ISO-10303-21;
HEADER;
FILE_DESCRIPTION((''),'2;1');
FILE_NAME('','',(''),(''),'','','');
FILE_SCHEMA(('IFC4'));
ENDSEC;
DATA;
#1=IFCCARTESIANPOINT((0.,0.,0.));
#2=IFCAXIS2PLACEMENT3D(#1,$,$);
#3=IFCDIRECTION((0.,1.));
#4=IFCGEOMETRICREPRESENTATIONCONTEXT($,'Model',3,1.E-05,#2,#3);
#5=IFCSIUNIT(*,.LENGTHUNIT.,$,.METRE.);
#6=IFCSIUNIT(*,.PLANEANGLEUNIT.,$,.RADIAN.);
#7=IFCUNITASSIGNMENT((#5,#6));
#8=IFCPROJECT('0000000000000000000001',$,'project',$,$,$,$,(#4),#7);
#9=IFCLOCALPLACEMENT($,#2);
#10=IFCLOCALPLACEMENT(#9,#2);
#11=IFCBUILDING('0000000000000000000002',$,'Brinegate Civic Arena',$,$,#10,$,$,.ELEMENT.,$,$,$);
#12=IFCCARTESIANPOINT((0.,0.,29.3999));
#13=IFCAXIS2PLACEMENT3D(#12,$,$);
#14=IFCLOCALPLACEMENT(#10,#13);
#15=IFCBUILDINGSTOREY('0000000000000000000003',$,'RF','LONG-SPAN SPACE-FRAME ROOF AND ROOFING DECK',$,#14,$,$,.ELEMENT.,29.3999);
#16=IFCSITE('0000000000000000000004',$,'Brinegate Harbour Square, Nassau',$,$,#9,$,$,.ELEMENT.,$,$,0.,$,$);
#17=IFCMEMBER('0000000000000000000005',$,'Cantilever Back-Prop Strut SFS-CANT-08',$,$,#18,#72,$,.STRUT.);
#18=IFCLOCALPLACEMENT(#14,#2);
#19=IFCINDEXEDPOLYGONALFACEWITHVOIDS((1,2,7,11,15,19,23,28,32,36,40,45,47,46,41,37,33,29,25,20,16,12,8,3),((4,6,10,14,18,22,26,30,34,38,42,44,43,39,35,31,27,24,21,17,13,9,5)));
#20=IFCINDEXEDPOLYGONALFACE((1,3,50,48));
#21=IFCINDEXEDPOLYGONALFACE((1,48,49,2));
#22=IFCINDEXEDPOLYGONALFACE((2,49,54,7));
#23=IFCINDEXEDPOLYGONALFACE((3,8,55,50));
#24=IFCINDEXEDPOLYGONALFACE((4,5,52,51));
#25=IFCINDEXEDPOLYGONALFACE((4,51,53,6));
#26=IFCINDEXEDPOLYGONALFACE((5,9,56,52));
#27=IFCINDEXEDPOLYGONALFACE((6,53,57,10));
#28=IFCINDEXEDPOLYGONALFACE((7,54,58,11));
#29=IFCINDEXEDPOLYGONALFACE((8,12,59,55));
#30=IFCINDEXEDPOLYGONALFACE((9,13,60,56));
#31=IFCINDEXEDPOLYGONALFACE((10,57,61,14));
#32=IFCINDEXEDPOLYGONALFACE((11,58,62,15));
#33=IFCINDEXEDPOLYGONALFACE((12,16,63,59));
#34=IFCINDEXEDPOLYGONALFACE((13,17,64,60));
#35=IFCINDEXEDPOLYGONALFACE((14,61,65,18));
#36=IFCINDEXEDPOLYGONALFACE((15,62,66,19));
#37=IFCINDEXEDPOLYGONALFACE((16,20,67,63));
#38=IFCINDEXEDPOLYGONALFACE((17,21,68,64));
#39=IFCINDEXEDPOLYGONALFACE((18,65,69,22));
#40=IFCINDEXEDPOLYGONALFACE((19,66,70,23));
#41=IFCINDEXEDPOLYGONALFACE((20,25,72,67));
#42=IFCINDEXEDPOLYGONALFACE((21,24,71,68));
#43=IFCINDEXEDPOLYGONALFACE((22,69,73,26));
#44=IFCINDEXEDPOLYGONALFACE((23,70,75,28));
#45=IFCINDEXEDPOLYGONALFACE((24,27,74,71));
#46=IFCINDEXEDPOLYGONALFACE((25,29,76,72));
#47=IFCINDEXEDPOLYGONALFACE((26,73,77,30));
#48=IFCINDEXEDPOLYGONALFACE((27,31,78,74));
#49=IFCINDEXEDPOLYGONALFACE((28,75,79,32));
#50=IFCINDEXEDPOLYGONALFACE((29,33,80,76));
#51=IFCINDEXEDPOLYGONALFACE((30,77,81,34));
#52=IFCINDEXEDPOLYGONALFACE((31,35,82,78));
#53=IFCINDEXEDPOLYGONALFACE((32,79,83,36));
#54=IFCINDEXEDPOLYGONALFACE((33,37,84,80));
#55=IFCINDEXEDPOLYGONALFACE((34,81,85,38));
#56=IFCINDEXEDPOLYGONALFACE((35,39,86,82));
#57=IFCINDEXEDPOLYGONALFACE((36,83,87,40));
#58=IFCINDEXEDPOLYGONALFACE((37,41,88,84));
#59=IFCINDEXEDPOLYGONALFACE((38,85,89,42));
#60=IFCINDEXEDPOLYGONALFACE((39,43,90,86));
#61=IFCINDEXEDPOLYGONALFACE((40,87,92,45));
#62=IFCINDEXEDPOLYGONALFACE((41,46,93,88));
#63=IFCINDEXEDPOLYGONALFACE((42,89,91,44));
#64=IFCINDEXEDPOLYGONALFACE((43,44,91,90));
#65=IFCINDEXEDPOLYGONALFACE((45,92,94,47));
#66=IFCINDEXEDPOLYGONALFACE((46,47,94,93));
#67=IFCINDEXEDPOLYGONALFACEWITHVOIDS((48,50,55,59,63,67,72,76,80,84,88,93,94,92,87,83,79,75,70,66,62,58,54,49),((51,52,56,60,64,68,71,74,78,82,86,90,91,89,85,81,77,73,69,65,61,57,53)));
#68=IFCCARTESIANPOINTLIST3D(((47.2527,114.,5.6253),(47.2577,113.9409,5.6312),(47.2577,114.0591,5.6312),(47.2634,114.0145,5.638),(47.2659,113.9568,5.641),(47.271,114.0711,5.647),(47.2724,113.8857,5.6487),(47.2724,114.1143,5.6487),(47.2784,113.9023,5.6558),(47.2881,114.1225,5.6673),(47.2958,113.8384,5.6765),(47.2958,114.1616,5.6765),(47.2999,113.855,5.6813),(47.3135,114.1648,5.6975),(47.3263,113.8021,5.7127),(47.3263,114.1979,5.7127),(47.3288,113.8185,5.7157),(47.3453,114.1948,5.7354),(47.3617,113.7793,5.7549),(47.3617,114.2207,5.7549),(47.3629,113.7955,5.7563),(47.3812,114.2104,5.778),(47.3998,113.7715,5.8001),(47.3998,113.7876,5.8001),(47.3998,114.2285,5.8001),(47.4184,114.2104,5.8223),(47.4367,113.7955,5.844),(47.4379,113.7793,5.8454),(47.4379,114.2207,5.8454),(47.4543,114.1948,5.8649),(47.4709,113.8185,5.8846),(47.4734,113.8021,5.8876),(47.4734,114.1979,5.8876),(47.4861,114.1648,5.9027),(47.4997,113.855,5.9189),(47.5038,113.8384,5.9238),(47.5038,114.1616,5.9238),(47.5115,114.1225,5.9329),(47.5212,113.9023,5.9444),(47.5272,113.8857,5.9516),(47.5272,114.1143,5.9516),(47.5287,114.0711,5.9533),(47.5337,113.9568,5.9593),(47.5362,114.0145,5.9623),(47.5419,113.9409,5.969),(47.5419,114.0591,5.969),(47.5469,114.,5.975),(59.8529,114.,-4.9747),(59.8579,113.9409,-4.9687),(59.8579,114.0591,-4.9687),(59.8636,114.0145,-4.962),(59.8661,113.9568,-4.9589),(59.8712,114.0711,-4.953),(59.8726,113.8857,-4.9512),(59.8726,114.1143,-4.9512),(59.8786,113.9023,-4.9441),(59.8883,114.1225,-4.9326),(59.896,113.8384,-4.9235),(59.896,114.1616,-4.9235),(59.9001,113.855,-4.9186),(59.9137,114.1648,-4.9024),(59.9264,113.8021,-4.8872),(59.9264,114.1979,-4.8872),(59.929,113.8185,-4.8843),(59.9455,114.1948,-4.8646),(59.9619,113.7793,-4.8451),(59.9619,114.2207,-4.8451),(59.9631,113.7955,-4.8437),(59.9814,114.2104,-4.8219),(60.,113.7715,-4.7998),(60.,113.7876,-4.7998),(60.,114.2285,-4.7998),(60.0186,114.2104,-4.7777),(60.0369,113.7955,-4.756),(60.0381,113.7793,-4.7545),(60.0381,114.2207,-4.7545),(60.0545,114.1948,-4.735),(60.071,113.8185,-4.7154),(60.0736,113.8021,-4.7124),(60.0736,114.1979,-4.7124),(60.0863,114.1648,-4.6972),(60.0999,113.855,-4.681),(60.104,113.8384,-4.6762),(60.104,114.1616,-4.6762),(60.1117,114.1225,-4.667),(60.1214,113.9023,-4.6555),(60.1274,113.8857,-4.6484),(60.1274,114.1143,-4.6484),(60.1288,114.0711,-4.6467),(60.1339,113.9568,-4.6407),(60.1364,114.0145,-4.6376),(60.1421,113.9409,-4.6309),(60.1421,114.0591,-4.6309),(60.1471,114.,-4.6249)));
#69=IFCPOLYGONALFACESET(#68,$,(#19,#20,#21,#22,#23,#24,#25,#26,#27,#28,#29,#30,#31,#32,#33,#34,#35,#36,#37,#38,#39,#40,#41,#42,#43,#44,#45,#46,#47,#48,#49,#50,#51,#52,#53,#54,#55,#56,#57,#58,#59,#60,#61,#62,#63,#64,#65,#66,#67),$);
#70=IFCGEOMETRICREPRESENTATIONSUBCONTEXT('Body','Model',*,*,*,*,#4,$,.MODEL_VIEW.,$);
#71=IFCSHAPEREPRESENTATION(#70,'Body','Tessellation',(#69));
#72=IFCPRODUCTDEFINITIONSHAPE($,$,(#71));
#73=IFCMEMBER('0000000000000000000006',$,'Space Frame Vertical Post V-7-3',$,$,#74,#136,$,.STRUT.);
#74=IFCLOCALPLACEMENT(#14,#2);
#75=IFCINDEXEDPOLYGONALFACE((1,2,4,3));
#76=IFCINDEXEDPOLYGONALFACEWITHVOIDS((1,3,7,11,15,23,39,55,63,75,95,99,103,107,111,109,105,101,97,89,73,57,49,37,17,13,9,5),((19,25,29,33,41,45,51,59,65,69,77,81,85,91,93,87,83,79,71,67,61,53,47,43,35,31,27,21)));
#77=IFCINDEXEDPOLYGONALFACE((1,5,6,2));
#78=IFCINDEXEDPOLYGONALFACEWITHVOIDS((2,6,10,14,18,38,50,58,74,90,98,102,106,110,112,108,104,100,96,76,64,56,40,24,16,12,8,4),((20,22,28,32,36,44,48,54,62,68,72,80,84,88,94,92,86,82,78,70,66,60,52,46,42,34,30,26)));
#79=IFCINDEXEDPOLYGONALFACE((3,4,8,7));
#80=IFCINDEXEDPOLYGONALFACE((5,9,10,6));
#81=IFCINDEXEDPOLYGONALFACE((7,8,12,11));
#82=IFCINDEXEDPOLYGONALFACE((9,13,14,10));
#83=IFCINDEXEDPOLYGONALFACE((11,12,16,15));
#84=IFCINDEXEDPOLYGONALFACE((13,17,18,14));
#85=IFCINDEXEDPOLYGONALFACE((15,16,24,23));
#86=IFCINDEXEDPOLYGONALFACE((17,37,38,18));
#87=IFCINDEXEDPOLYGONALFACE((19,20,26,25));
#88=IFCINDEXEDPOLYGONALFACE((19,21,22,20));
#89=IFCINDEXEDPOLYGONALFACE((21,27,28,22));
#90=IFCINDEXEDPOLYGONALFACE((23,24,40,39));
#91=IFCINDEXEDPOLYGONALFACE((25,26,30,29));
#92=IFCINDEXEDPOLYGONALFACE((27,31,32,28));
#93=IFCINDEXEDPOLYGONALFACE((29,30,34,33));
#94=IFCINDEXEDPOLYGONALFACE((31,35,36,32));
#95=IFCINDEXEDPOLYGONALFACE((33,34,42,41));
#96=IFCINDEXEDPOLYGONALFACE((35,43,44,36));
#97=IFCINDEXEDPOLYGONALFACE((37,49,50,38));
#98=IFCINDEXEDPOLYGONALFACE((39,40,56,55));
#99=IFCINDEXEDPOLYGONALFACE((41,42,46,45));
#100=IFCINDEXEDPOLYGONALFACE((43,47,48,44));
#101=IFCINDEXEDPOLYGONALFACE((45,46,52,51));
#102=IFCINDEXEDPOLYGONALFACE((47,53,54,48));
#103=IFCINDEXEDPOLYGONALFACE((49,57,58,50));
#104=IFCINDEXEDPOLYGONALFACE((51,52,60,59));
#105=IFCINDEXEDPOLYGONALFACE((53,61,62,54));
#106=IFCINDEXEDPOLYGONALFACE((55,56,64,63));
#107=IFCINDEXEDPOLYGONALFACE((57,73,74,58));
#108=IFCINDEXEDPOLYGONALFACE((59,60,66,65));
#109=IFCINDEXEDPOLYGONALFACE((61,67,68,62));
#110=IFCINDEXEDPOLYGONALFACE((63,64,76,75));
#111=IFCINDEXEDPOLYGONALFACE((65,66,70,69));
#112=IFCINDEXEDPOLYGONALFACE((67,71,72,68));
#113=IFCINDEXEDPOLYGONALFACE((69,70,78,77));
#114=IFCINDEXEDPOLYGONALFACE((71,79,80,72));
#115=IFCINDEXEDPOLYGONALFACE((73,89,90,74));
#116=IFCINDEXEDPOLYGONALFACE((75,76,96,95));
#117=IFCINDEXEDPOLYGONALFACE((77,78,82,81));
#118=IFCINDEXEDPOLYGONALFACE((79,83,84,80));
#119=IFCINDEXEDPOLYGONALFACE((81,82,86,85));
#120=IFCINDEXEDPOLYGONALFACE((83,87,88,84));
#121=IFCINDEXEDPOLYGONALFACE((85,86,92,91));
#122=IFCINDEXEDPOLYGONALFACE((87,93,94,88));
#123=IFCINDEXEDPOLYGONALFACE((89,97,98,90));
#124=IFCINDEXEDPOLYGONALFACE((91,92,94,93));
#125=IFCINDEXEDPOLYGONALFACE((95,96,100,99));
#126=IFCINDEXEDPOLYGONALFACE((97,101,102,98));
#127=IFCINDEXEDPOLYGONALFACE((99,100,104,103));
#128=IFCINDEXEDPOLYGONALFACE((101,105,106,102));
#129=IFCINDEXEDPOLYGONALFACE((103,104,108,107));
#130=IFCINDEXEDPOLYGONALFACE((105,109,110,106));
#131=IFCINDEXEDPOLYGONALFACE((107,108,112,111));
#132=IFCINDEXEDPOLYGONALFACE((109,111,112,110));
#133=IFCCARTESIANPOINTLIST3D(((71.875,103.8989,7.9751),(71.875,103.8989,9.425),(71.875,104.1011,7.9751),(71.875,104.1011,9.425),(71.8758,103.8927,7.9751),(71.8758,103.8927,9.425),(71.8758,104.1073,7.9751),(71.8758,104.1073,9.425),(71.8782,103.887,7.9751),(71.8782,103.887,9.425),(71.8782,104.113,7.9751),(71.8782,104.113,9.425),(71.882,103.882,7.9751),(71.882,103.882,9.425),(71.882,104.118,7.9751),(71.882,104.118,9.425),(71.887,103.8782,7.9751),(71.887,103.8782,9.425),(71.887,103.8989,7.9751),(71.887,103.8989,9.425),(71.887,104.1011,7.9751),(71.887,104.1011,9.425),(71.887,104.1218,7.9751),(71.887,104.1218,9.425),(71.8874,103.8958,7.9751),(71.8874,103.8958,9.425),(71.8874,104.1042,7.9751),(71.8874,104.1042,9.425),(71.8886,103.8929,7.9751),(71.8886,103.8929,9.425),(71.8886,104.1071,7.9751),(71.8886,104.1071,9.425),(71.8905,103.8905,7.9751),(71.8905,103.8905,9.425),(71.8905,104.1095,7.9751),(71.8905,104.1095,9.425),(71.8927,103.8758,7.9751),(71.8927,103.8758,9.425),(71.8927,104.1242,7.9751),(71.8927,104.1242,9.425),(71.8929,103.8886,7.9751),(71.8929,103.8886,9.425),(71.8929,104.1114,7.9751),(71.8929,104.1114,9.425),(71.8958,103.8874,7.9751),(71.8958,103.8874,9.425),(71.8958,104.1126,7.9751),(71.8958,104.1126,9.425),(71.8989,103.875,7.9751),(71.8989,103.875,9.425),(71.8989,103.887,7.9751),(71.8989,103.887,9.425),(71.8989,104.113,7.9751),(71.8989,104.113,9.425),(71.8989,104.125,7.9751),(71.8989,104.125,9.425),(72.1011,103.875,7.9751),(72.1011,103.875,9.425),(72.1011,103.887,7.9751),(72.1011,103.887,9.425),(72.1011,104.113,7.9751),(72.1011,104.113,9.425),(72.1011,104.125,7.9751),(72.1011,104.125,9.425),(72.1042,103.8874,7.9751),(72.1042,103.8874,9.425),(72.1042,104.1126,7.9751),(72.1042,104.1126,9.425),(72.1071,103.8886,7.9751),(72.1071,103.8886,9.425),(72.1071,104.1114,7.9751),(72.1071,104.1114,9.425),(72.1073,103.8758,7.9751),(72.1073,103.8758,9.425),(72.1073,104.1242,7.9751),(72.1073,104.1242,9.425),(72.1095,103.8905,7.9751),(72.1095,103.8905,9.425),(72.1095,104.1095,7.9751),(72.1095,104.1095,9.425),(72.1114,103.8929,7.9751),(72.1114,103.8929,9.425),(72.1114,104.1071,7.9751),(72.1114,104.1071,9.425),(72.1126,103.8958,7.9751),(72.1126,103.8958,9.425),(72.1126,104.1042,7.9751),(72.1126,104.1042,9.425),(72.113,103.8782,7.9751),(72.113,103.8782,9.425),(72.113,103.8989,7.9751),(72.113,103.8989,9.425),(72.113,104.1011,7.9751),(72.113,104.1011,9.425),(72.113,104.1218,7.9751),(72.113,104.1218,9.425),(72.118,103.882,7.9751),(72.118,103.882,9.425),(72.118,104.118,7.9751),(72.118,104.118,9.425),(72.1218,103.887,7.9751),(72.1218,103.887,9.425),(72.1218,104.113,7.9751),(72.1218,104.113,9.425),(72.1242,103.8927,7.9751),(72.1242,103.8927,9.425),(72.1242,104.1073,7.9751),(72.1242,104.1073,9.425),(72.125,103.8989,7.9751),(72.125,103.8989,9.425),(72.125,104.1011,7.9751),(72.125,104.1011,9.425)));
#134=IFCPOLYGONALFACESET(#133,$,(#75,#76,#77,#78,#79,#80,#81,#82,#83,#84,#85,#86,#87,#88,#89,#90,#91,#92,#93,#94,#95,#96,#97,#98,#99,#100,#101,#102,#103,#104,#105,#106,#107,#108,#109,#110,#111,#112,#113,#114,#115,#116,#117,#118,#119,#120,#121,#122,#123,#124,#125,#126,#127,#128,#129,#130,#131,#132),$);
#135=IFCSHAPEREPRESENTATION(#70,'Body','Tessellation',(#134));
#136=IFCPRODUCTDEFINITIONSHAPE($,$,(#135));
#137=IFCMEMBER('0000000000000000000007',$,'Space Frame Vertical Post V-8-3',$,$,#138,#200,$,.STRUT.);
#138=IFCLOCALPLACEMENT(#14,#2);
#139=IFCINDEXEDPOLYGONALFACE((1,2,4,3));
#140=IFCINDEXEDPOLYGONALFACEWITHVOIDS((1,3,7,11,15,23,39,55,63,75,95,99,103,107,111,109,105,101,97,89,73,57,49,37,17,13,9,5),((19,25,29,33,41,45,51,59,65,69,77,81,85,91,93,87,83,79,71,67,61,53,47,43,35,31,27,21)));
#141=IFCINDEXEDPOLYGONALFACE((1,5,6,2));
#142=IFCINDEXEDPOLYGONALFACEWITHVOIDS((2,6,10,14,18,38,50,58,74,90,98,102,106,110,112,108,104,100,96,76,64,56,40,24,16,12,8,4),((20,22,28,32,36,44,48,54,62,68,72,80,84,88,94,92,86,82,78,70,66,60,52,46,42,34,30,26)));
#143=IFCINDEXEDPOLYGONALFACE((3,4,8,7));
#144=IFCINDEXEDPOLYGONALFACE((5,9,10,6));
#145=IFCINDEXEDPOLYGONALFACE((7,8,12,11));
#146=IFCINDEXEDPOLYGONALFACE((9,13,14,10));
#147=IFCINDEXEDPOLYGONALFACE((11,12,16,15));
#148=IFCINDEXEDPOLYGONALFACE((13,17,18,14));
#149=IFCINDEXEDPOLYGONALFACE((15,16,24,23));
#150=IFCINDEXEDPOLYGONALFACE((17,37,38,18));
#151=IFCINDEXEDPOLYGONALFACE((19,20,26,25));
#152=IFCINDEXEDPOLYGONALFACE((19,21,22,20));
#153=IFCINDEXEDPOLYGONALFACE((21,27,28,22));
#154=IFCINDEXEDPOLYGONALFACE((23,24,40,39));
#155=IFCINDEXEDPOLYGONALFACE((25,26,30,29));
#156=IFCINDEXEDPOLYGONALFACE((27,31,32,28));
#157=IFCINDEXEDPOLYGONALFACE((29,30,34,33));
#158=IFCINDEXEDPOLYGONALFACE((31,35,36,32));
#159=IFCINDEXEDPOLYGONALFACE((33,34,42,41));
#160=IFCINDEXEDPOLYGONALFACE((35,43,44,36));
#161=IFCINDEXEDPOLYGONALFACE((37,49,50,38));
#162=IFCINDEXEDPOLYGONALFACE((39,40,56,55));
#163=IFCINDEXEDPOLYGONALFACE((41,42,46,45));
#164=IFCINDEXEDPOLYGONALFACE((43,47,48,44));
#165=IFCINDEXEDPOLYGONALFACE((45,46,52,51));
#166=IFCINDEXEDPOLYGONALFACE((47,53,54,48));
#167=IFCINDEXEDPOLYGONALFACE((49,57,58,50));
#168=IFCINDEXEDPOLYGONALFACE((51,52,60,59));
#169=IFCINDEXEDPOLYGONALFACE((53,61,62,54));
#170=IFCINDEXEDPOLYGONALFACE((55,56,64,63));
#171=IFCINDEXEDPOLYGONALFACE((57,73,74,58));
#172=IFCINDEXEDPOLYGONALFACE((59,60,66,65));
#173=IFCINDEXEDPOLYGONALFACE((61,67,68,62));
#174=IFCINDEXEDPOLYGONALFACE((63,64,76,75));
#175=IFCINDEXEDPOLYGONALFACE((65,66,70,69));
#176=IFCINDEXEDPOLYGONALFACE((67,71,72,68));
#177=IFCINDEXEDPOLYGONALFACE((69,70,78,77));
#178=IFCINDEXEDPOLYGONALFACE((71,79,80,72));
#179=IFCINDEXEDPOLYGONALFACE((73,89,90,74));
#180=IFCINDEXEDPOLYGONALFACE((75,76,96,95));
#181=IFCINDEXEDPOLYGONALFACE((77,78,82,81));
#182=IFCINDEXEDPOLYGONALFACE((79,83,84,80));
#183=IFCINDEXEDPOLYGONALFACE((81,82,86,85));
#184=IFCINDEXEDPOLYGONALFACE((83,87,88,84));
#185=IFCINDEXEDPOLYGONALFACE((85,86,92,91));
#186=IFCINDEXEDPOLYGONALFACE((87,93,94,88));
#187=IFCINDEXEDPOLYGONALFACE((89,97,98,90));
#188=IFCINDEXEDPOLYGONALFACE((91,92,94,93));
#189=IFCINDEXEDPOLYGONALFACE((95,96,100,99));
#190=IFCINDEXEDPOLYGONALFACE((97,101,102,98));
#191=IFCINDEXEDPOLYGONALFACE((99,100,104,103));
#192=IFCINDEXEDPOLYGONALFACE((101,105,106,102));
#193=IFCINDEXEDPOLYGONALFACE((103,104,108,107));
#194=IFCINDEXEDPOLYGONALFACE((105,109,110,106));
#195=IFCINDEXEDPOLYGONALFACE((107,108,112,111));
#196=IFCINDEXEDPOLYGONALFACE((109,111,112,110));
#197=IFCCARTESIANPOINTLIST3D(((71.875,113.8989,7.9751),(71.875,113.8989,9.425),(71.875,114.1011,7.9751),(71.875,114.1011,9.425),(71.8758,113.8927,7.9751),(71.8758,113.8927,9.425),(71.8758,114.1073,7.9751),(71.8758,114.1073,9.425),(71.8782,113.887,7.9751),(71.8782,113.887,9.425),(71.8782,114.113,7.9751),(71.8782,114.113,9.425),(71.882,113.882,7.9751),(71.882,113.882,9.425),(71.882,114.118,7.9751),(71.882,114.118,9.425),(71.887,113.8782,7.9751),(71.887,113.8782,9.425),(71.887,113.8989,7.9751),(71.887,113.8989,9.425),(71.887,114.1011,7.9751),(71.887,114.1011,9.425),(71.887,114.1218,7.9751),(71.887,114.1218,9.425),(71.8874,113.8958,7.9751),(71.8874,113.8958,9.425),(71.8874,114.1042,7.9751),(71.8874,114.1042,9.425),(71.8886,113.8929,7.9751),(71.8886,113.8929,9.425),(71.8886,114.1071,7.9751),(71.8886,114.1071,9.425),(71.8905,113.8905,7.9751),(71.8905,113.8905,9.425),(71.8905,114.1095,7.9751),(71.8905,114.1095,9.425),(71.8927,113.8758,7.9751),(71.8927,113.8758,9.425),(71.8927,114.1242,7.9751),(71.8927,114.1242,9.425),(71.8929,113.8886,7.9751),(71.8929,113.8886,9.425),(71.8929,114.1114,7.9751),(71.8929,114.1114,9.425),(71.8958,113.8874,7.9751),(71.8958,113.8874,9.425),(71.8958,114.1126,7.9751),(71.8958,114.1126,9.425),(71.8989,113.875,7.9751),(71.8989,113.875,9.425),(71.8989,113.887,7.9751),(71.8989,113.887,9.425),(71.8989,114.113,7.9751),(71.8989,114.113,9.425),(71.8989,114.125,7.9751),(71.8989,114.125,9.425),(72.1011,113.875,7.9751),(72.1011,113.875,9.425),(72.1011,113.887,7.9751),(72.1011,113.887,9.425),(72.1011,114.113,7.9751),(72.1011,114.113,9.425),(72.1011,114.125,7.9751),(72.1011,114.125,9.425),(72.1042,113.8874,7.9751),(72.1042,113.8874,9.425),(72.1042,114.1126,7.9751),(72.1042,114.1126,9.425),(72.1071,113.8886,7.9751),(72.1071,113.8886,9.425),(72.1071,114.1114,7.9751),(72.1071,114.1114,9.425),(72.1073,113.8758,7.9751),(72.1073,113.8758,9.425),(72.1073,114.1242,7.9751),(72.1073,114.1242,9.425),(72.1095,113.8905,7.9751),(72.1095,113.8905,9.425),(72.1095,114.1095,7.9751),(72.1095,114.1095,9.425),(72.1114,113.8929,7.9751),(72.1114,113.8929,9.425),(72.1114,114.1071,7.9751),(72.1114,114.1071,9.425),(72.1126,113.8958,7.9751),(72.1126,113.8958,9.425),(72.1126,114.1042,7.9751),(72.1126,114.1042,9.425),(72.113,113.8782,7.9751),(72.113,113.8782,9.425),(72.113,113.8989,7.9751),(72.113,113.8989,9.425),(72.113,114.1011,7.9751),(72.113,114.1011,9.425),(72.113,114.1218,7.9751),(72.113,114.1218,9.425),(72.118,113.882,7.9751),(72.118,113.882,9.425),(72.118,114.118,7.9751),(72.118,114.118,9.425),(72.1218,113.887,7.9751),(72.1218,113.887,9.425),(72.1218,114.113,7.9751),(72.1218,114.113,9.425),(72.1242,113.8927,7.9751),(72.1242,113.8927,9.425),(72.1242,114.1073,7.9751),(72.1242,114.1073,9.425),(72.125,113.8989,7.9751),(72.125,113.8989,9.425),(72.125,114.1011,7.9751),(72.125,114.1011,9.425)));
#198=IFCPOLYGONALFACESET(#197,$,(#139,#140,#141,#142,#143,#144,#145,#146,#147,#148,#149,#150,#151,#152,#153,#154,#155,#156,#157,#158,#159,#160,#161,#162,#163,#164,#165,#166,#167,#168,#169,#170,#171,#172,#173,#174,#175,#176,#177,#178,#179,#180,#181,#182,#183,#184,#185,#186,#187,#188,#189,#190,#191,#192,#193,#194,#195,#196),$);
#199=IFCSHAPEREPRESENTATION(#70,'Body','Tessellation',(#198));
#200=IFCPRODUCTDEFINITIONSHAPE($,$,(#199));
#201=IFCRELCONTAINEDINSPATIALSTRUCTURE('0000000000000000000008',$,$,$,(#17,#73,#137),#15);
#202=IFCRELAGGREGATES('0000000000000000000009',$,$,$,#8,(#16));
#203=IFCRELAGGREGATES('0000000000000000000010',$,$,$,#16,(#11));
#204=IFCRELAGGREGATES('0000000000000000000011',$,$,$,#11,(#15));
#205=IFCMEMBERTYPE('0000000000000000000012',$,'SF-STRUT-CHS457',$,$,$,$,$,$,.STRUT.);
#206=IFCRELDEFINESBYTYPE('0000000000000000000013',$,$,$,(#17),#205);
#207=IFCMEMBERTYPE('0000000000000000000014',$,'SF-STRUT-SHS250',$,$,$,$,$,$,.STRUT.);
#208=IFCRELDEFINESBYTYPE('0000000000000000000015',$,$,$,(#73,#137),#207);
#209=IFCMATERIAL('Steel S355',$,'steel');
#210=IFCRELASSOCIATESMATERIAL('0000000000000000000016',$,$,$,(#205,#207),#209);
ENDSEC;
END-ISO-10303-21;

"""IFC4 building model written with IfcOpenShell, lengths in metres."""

from ifc_helpers import new_model, si_unit, direction, frame, origin, origin_2d, place, context, subcontext, project, spatial, hollow_rectangle, hollow_circle, extrude, material, material_profile, profile_set, type_object, element, save


model = new_model("IFC4")

# Units and contexts
model_context = context("Model", 3, precision=1e-05, world=origin(), true_north=direction((0.0, 1.0)))
body_context = subcontext(model_context, "Body", "Model", "MODEL_VIEW")
ifc_project = project(units=[si_unit("LENGTHUNIT", "METRE"), si_unit("PLANEANGLEUNIT", "RADIAN")], contexts=[model_context])

# Site, building, storey
site_placement = place(None, origin())
site = spatial("IfcSite", under=ifc_project, at=site_placement, Name="Brinegate Harbour Square, Nassau", CompositionType="ELEMENT", RefElevation=0.0)
building_placement = place(site_placement, origin())
building = spatial("IfcBuilding", under=site, at=building_placement, Name="Brinegate Civic Arena", CompositionType="ELEMENT")
storey_placement = place(building_placement, frame((0.0, 0.0, 29.3999)))
storey = spatial("IfcBuildingStorey", under=building, at=storey_placement, Name="RF", Description="LONG-SPAN SPACE-FRAME ROOF AND ROOFING DECK", CompositionType="ELEMENT", Elevation=29.3999)

# Shared definitions
ifc_material_1 = material(Name="Steel S355", Category="steel")

# Members
ifc_material_profile_1 = material_profile(ifc_material_1, hollow_circle(Radius=0.2285, WallThickness=0.0161, at=origin_2d()), Name="CHS457X16")
ifc_profile_set_1 = profile_set([ifc_material_profile_1], Name="Steel S355")
member_type_1 = type_object("IfcMemberType", Name="SF-STRUT-CHS457", PredefinedType="STRUT", material=ifc_profile_set_1)
member_1_placement = place(storey_placement, frame((60.0, 114.0, -4.7998), z_axis=(-0.765233, 0.0, 0.643753), x_axis=(0.0, -1.0, 0.0)))
element("IfcMember", 1, at=member_1_placement, inside=storey, type_object=member_type_1, Name="Cantilever Back-Prop Strut SFS-CANT-08", PredefinedType="STRUT", context=body_context, shape_type="SweptSolid", body=[
    extrude(hollow_circle(Radius=0.2285, WallThickness=0.0161, at=origin_2d()), origin(), (0.0, 0.0, 1.0), 16.4658),
])
ifc_material_profile_2 = material_profile(ifc_material_1, hollow_rectangle(XDim=0.25, YDim=0.25, WallThickness=0.012, InnerFilletRadius=0.012, OuterFilletRadius=0.0239, at=origin_2d()), Name="SHS250X12")
ifc_profile_set_2 = profile_set([ifc_material_profile_2], Name="Steel S355")
member_type_2 = type_object("IfcMemberType", Name="SF-STRUT-SHS250", PredefinedType="STRUT", material=ifc_profile_set_2)
for number, where, z_axis, x_axis, name in (
    (2, (72.0, 104.0, 7.9751), (0.0, 0.0, 1.0), (1.0, 0.0, 0.0), "Space Frame Vertical Post V-7-3"),
    (3, (72.0, 114.0, 7.9751), (0.0, 0.0, 1.0), (1.0, 0.0, 0.0), "Space Frame Vertical Post V-8-3"),
):
    element("IfcMember", number, at=place(storey_placement, frame(where, z_axis=z_axis, x_axis=x_axis)), inside=storey, type_object=member_type_2, Name=name, PredefinedType="STRUT", context=body_context, shape_type="SweptSolid", body=[
        extrude(hollow_rectangle(XDim=0.25, YDim=0.25, WallThickness=0.012, InnerFilletRadius=0.012, OuterFilletRadius=0.0239, at=origin_2d()), origin(), (0.0, 0.0, 1.0), 1.45),
    ])

save(model, "model.ifc")
